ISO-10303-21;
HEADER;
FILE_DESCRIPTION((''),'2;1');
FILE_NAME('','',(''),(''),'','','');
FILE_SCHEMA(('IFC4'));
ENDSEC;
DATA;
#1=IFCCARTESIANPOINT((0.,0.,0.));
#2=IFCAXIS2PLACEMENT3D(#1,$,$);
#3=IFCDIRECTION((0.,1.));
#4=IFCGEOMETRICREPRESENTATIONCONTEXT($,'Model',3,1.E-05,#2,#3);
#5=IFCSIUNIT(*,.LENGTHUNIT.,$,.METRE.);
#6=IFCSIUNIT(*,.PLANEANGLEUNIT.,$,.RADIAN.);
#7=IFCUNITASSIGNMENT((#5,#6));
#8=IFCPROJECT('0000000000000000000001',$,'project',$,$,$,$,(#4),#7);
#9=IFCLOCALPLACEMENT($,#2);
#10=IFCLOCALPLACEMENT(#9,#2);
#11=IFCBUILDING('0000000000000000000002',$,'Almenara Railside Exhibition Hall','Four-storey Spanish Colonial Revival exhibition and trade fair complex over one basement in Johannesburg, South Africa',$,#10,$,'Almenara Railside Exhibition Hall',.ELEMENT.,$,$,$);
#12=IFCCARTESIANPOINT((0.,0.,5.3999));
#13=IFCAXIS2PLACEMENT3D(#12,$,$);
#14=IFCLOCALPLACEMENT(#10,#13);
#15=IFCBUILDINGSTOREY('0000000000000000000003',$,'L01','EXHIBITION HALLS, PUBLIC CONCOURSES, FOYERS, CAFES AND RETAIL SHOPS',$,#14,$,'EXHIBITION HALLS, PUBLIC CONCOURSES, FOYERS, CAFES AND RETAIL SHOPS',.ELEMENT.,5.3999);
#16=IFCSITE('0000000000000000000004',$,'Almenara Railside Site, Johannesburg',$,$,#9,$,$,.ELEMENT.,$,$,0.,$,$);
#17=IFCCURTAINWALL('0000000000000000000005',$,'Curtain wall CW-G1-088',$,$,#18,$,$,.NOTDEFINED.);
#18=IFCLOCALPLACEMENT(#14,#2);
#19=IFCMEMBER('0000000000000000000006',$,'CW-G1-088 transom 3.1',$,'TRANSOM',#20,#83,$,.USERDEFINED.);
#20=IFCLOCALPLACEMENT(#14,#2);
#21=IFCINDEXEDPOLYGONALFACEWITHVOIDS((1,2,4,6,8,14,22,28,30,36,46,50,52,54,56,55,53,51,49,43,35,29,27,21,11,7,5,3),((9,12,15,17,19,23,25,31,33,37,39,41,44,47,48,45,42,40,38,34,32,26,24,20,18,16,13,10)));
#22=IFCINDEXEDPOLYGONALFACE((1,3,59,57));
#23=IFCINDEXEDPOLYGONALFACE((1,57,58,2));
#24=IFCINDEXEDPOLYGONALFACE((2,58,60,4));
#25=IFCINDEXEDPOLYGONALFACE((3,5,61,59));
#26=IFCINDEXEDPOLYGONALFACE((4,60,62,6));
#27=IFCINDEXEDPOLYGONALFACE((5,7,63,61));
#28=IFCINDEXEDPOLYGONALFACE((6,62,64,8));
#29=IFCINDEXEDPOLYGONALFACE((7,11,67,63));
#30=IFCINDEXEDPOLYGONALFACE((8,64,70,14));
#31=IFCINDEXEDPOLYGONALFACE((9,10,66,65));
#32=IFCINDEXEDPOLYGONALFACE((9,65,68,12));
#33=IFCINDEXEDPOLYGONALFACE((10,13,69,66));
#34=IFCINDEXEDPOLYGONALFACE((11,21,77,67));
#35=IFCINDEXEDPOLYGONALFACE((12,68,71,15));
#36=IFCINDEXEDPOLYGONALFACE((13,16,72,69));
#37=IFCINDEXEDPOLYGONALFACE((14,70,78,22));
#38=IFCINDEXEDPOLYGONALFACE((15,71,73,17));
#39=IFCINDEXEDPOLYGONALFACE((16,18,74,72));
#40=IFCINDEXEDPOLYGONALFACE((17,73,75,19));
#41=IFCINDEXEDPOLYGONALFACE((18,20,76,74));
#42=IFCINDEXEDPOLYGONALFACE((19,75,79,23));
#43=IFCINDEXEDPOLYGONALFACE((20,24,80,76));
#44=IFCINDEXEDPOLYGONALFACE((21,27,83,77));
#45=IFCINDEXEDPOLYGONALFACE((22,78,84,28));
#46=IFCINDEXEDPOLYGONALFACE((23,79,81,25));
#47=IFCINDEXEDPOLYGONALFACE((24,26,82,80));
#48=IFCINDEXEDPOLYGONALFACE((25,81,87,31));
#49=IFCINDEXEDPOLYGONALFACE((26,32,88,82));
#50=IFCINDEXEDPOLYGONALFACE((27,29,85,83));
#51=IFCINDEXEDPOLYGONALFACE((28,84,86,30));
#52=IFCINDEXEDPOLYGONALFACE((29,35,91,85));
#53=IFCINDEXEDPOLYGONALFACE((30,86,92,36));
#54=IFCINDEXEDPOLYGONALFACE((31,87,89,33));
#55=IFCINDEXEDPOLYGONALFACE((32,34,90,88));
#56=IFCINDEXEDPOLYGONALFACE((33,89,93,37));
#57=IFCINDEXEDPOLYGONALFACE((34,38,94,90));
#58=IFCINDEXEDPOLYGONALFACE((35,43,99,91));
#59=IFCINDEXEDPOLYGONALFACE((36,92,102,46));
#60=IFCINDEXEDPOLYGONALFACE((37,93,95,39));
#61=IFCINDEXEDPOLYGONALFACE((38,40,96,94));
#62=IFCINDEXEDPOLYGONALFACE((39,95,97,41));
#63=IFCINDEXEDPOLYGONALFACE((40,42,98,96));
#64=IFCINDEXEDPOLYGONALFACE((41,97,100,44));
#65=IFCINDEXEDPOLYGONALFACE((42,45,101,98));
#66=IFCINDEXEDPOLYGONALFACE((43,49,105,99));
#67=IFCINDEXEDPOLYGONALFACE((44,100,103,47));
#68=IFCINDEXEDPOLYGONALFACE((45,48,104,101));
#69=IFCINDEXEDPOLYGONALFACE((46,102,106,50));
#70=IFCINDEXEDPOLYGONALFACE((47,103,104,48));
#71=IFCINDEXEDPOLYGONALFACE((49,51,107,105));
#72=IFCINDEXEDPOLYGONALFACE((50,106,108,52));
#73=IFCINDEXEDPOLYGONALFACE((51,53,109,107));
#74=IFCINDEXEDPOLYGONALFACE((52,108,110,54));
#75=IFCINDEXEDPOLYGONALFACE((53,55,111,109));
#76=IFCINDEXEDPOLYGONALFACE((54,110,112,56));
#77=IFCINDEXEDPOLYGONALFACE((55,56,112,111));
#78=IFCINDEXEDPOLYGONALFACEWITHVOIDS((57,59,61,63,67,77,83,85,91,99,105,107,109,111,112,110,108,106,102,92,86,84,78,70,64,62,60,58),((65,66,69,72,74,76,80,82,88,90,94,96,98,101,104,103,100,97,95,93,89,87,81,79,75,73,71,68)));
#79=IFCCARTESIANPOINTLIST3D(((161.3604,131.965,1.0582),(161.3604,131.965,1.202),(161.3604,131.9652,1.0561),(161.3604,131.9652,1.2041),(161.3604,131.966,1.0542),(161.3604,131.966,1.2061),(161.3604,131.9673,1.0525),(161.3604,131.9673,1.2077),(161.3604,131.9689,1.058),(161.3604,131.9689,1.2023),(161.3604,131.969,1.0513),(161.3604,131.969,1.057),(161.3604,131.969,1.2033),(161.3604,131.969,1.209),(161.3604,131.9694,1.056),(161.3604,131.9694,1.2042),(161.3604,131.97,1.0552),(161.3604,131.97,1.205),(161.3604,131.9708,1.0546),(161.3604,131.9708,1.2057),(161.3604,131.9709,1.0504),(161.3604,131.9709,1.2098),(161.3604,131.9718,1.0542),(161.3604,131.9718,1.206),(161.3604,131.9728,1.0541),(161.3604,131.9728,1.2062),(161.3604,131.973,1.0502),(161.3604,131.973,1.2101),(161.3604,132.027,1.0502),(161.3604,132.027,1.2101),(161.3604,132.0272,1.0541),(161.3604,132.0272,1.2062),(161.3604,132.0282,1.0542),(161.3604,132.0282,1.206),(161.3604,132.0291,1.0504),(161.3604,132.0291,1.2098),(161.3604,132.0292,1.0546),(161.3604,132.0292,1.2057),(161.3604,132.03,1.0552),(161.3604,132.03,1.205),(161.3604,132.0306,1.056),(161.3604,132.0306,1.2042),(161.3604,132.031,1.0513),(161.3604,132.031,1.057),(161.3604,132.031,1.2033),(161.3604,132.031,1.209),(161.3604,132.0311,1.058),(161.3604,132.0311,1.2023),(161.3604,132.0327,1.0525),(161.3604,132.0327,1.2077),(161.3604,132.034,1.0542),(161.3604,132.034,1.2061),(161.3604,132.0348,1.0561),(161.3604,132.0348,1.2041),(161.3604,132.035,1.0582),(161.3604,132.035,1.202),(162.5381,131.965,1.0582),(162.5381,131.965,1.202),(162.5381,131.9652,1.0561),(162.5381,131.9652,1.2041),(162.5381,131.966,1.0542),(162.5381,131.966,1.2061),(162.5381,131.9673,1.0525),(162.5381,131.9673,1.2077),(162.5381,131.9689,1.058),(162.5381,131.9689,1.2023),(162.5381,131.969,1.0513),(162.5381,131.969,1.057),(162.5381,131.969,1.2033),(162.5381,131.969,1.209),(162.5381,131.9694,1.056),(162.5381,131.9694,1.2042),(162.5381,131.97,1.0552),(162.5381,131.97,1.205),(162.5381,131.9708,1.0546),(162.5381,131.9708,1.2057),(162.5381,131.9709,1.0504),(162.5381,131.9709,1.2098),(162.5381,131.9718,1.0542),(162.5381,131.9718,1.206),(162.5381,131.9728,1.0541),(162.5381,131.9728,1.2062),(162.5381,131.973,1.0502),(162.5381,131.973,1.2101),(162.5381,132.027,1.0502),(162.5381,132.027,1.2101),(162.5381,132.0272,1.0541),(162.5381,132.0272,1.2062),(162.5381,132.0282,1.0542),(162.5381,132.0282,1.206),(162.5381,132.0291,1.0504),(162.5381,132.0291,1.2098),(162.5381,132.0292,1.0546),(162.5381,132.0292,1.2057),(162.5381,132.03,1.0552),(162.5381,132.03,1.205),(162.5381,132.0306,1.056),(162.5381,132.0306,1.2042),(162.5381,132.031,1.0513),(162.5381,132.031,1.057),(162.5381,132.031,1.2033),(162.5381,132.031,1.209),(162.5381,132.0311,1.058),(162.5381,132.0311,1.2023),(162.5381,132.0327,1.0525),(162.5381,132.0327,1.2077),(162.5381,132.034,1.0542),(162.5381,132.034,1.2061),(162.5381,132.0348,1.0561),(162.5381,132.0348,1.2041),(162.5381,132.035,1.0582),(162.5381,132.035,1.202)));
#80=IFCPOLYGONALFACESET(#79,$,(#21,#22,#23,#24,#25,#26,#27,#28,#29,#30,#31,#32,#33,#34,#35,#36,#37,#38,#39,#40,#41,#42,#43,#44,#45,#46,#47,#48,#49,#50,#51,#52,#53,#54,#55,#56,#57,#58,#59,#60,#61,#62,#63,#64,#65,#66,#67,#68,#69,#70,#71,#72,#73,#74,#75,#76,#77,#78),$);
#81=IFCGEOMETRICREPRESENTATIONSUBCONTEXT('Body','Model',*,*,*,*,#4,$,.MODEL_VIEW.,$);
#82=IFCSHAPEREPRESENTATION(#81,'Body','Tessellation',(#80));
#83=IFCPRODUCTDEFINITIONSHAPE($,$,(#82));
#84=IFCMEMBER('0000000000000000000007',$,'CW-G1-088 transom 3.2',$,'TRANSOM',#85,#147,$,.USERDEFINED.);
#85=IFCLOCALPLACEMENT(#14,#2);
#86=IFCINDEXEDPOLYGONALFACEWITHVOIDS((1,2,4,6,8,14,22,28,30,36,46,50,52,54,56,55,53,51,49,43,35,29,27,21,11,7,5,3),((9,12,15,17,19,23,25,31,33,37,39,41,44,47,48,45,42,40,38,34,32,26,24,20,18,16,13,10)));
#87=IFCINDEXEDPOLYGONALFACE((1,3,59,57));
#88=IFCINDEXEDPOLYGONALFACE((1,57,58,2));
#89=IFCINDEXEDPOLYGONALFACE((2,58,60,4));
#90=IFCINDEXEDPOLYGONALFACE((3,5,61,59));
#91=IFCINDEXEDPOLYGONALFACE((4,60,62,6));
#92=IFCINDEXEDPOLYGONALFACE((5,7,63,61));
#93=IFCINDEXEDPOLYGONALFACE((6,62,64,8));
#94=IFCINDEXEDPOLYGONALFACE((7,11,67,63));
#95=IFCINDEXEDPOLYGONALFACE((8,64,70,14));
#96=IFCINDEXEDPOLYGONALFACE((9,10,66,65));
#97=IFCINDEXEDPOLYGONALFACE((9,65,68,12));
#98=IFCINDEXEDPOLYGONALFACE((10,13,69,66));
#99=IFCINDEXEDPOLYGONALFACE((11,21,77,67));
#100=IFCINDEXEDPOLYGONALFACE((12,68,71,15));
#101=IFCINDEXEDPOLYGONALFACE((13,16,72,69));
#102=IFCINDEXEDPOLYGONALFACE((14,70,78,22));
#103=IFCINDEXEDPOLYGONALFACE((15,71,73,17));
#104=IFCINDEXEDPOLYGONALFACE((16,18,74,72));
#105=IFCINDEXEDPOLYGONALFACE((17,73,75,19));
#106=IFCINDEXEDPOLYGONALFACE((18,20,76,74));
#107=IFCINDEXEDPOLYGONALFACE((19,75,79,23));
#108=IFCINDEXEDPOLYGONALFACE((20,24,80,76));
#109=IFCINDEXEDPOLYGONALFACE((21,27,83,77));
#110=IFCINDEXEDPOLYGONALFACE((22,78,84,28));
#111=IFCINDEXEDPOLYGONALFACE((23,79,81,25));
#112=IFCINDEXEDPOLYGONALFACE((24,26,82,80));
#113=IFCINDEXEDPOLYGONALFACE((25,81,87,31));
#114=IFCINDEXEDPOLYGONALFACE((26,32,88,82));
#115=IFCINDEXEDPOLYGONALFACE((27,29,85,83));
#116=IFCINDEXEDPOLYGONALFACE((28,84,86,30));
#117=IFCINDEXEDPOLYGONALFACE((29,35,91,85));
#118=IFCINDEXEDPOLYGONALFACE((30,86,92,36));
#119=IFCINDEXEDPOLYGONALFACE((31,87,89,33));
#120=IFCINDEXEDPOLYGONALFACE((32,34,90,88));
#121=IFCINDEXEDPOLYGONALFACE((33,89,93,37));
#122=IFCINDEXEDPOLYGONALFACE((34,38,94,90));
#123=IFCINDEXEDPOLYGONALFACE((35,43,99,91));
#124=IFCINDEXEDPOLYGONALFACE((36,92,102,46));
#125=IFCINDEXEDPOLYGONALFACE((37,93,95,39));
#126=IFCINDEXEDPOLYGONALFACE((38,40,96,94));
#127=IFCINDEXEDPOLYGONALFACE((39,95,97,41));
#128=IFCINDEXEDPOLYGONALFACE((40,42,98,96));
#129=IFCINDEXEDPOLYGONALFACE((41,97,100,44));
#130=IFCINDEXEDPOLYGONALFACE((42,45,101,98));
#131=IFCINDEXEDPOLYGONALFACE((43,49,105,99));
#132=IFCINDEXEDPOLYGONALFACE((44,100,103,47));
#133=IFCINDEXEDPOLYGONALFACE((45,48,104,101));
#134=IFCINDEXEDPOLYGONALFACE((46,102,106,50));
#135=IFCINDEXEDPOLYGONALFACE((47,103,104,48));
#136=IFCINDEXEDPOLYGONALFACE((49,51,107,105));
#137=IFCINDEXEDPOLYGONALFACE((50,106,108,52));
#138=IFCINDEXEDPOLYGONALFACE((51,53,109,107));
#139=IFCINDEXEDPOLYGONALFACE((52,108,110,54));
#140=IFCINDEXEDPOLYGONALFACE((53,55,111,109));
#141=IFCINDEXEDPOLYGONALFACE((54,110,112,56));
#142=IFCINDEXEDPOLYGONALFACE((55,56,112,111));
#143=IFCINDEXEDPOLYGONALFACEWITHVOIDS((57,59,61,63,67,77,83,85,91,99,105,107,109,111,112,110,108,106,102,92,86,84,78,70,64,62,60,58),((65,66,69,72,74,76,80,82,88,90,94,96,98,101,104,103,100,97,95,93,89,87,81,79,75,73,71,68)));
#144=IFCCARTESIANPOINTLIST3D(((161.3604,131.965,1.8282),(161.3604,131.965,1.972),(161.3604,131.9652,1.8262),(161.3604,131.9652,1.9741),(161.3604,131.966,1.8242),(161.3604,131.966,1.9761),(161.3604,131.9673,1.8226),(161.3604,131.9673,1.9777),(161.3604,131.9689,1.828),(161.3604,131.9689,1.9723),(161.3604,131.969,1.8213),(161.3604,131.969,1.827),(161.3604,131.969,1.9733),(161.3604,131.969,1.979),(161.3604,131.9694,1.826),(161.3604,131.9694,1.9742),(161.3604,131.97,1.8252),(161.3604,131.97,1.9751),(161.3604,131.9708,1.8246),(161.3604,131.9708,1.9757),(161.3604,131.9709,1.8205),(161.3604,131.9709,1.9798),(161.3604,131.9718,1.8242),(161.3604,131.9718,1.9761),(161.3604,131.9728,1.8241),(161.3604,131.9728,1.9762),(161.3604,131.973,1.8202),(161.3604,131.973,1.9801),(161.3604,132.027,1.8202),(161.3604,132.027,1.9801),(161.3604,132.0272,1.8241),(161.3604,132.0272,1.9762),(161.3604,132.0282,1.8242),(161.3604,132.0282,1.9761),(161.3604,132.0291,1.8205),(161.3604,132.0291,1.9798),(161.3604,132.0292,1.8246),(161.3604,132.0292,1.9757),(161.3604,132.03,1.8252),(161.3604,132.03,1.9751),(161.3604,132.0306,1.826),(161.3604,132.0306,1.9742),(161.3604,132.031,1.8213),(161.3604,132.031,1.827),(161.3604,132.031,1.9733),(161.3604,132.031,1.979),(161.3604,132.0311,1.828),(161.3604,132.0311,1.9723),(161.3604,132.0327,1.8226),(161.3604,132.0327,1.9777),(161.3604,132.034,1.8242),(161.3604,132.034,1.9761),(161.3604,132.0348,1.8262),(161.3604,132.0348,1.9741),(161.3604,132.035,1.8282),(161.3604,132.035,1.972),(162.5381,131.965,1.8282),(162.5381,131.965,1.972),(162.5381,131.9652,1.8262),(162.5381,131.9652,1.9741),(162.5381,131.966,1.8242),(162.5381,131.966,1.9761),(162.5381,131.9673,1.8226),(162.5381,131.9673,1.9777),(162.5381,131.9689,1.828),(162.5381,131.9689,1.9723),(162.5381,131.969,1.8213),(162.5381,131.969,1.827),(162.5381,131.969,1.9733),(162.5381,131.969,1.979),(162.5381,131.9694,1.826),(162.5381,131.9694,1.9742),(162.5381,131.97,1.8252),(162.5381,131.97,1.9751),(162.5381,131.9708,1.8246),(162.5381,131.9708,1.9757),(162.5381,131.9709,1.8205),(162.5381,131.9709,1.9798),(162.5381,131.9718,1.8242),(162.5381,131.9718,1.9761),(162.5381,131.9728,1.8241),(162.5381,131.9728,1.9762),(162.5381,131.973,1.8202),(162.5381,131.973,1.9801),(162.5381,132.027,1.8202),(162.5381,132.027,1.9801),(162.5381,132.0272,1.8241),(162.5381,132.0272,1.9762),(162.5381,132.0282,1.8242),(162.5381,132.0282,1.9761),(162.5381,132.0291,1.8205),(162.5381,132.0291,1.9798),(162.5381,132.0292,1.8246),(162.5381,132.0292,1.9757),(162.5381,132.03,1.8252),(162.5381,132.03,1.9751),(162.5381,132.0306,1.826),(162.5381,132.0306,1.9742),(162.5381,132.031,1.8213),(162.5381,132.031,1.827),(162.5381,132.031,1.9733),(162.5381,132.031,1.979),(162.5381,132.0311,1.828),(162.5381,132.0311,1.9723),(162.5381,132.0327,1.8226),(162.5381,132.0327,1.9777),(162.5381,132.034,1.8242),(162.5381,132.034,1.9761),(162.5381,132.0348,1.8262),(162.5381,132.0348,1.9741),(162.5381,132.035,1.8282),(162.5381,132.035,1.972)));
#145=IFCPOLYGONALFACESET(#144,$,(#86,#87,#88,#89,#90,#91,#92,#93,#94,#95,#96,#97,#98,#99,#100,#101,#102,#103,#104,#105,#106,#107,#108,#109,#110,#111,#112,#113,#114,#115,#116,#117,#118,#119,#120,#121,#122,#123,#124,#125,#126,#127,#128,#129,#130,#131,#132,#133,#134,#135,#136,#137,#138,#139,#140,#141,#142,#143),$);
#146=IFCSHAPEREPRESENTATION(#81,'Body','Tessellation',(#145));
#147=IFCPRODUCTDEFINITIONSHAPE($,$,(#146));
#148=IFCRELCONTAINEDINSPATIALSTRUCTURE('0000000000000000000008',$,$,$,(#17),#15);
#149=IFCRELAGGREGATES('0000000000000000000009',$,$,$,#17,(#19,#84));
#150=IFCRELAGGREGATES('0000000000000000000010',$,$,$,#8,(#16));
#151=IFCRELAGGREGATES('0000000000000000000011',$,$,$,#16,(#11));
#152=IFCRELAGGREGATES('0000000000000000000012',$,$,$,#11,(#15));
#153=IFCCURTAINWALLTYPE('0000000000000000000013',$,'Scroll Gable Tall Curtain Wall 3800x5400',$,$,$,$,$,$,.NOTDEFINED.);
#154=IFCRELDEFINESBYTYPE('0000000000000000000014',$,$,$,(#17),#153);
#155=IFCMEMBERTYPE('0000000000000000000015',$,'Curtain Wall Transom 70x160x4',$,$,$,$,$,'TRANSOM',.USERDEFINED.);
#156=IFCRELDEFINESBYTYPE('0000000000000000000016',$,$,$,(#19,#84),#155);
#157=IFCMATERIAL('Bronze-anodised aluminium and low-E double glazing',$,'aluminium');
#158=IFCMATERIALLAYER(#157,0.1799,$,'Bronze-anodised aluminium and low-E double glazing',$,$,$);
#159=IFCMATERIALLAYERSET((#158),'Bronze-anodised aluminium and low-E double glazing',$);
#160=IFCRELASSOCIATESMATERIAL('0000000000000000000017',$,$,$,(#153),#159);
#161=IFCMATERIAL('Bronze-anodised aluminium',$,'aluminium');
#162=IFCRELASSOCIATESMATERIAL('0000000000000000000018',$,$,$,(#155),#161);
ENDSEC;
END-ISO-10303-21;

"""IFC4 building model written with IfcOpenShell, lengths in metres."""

from ifc_helpers import new_model, si_unit, direction, frame, origin, origin_2d, place, context, subcontext, project, spatial, hollow_rectangle, extrude, material, layer, layer_set, material_profile, profile_set, type_object, element, aggregate, save


model = new_model("IFC4")

# Units and contexts
model_context = context("Model", 3, precision=1e-05, world=origin(), true_north=direction((0.0, 1.0)))
body_context = subcontext(model_context, "Body", "Model", "MODEL_VIEW")
ifc_project = project(units=[si_unit("LENGTHUNIT", "METRE"), si_unit("PLANEANGLEUNIT", "RADIAN")], contexts=[model_context])

# Site, building, storey
site_placement = place(None, origin())
site = spatial("IfcSite", under=ifc_project, at=site_placement, Name="Almenara Railside Site, Johannesburg", CompositionType="ELEMENT", RefElevation=0.0)
building_placement = place(site_placement, origin())
building = spatial("IfcBuilding", under=site, at=building_placement, Name="Almenara Railside Exhibition Hall", Description="Four-storey Spanish Colonial Revival exhibition and trade fair complex over one basement in Johannesburg, South Africa", LongName="Almenara Railside Exhibition Hall", CompositionType="ELEMENT")
storey_placement = place(building_placement, frame((0.0, 0.0, 5.3999)))
storey = spatial("IfcBuildingStorey", under=building, at=storey_placement, Name="L01", Description="EXHIBITION HALLS, PUBLIC CONCOURSES, FOYERS, CAFES AND RETAIL SHOPS", LongName="EXHIBITION HALLS, PUBLIC CONCOURSES, FOYERS, CAFES AND RETAIL SHOPS", CompositionType="ELEMENT", Elevation=5.3999)

# Shared definitions
ifc_material_1 = material(Name="Bronze-anodised aluminium and low-E double glazing", Category="aluminium")
ifc_layer_1 = layer(ifc_material_1, 0.1799, Name="Bronze-anodised aluminium and low-E double glazing")
ifc_layer_set_1 = layer_set([ifc_layer_1], Name="Bronze-anodised aluminium and low-E double glazing")
curtain_wall_type = type_object("IfcCurtainWallType", Name="Scroll Gable Tall Curtain Wall 3800x5400", PredefinedType="NOTDEFINED", material=ifc_layer_set_1)
ifc_material_2 = material(Name="Bronze-anodised aluminium", Category="aluminium")

# Curtain wall
curtain_wall_1_placement = place(storey_placement, origin())
curtain_wall_1 = element("IfcCurtainWall", 1, at=curtain_wall_1_placement, inside=storey, type_object=curtain_wall_type, Name="Curtain wall CW-G1-088", PredefinedType="NOTDEFINED")

# Members
ifc_material_profile_1 = material_profile(ifc_material_2, hollow_rectangle(XDim=0.0701, YDim=0.1599, WallThickness=0.0039, InnerFilletRadius=0.0039, OuterFilletRadius=0.0081, at=origin_2d()), Name="ALU-TRN 70x160x4")
ifc_profile_set_1 = profile_set([ifc_material_profile_1], Name="Bronze-anodised aluminium")
member_type_1 = type_object("IfcMemberType", Name="Curtain Wall Transom 70x160x4", ElementType="TRANSOM", PredefinedType="USERDEFINED", material=ifc_profile_set_1)
member_1_placement = place(storey_placement, frame((161.3604, 132.0, 1.1301), z_axis=(1.0, 0.0, 0.0), x_axis=(0.0, 1.0, 0.0)))
member_1 = element("IfcMember", 2, at=member_1_placement, type_object=member_type_1, Name="CW-G1-088 transom 3.1", ObjectType="TRANSOM", PredefinedType="USERDEFINED", context=body_context, shape_type="SweptSolid", body=[
    extrude(hollow_rectangle(XDim=0.0701, YDim=0.1599, WallThickness=0.0039, InnerFilletRadius=0.0039, OuterFilletRadius=0.0081, at=origin_2d()), origin(), (0.0, 0.0, 1.0), 1.1777),
])
member_2_placement = place(storey_placement, frame((161.3604, 132.0, 1.9001), z_axis=(1.0, 0.0, 0.0), x_axis=(0.0, 1.0, 0.0)))
member_2 = element("IfcMember", 3, at=member_2_placement, type_object=member_type_1, Name="CW-G1-088 transom 3.2", ObjectType="TRANSOM", PredefinedType="USERDEFINED", context=body_context, shape_type="SweptSolid", body=[
    extrude(hollow_rectangle(XDim=0.0701, YDim=0.1599, WallThickness=0.0039, InnerFilletRadius=0.0039, OuterFilletRadius=0.0081, at=origin_2d()), origin(), (0.0, 0.0, 1.0), 1.1777),
])

aggregate(curtain_wall_1, [member_1, member_2])

save(model, "model.ifc")
